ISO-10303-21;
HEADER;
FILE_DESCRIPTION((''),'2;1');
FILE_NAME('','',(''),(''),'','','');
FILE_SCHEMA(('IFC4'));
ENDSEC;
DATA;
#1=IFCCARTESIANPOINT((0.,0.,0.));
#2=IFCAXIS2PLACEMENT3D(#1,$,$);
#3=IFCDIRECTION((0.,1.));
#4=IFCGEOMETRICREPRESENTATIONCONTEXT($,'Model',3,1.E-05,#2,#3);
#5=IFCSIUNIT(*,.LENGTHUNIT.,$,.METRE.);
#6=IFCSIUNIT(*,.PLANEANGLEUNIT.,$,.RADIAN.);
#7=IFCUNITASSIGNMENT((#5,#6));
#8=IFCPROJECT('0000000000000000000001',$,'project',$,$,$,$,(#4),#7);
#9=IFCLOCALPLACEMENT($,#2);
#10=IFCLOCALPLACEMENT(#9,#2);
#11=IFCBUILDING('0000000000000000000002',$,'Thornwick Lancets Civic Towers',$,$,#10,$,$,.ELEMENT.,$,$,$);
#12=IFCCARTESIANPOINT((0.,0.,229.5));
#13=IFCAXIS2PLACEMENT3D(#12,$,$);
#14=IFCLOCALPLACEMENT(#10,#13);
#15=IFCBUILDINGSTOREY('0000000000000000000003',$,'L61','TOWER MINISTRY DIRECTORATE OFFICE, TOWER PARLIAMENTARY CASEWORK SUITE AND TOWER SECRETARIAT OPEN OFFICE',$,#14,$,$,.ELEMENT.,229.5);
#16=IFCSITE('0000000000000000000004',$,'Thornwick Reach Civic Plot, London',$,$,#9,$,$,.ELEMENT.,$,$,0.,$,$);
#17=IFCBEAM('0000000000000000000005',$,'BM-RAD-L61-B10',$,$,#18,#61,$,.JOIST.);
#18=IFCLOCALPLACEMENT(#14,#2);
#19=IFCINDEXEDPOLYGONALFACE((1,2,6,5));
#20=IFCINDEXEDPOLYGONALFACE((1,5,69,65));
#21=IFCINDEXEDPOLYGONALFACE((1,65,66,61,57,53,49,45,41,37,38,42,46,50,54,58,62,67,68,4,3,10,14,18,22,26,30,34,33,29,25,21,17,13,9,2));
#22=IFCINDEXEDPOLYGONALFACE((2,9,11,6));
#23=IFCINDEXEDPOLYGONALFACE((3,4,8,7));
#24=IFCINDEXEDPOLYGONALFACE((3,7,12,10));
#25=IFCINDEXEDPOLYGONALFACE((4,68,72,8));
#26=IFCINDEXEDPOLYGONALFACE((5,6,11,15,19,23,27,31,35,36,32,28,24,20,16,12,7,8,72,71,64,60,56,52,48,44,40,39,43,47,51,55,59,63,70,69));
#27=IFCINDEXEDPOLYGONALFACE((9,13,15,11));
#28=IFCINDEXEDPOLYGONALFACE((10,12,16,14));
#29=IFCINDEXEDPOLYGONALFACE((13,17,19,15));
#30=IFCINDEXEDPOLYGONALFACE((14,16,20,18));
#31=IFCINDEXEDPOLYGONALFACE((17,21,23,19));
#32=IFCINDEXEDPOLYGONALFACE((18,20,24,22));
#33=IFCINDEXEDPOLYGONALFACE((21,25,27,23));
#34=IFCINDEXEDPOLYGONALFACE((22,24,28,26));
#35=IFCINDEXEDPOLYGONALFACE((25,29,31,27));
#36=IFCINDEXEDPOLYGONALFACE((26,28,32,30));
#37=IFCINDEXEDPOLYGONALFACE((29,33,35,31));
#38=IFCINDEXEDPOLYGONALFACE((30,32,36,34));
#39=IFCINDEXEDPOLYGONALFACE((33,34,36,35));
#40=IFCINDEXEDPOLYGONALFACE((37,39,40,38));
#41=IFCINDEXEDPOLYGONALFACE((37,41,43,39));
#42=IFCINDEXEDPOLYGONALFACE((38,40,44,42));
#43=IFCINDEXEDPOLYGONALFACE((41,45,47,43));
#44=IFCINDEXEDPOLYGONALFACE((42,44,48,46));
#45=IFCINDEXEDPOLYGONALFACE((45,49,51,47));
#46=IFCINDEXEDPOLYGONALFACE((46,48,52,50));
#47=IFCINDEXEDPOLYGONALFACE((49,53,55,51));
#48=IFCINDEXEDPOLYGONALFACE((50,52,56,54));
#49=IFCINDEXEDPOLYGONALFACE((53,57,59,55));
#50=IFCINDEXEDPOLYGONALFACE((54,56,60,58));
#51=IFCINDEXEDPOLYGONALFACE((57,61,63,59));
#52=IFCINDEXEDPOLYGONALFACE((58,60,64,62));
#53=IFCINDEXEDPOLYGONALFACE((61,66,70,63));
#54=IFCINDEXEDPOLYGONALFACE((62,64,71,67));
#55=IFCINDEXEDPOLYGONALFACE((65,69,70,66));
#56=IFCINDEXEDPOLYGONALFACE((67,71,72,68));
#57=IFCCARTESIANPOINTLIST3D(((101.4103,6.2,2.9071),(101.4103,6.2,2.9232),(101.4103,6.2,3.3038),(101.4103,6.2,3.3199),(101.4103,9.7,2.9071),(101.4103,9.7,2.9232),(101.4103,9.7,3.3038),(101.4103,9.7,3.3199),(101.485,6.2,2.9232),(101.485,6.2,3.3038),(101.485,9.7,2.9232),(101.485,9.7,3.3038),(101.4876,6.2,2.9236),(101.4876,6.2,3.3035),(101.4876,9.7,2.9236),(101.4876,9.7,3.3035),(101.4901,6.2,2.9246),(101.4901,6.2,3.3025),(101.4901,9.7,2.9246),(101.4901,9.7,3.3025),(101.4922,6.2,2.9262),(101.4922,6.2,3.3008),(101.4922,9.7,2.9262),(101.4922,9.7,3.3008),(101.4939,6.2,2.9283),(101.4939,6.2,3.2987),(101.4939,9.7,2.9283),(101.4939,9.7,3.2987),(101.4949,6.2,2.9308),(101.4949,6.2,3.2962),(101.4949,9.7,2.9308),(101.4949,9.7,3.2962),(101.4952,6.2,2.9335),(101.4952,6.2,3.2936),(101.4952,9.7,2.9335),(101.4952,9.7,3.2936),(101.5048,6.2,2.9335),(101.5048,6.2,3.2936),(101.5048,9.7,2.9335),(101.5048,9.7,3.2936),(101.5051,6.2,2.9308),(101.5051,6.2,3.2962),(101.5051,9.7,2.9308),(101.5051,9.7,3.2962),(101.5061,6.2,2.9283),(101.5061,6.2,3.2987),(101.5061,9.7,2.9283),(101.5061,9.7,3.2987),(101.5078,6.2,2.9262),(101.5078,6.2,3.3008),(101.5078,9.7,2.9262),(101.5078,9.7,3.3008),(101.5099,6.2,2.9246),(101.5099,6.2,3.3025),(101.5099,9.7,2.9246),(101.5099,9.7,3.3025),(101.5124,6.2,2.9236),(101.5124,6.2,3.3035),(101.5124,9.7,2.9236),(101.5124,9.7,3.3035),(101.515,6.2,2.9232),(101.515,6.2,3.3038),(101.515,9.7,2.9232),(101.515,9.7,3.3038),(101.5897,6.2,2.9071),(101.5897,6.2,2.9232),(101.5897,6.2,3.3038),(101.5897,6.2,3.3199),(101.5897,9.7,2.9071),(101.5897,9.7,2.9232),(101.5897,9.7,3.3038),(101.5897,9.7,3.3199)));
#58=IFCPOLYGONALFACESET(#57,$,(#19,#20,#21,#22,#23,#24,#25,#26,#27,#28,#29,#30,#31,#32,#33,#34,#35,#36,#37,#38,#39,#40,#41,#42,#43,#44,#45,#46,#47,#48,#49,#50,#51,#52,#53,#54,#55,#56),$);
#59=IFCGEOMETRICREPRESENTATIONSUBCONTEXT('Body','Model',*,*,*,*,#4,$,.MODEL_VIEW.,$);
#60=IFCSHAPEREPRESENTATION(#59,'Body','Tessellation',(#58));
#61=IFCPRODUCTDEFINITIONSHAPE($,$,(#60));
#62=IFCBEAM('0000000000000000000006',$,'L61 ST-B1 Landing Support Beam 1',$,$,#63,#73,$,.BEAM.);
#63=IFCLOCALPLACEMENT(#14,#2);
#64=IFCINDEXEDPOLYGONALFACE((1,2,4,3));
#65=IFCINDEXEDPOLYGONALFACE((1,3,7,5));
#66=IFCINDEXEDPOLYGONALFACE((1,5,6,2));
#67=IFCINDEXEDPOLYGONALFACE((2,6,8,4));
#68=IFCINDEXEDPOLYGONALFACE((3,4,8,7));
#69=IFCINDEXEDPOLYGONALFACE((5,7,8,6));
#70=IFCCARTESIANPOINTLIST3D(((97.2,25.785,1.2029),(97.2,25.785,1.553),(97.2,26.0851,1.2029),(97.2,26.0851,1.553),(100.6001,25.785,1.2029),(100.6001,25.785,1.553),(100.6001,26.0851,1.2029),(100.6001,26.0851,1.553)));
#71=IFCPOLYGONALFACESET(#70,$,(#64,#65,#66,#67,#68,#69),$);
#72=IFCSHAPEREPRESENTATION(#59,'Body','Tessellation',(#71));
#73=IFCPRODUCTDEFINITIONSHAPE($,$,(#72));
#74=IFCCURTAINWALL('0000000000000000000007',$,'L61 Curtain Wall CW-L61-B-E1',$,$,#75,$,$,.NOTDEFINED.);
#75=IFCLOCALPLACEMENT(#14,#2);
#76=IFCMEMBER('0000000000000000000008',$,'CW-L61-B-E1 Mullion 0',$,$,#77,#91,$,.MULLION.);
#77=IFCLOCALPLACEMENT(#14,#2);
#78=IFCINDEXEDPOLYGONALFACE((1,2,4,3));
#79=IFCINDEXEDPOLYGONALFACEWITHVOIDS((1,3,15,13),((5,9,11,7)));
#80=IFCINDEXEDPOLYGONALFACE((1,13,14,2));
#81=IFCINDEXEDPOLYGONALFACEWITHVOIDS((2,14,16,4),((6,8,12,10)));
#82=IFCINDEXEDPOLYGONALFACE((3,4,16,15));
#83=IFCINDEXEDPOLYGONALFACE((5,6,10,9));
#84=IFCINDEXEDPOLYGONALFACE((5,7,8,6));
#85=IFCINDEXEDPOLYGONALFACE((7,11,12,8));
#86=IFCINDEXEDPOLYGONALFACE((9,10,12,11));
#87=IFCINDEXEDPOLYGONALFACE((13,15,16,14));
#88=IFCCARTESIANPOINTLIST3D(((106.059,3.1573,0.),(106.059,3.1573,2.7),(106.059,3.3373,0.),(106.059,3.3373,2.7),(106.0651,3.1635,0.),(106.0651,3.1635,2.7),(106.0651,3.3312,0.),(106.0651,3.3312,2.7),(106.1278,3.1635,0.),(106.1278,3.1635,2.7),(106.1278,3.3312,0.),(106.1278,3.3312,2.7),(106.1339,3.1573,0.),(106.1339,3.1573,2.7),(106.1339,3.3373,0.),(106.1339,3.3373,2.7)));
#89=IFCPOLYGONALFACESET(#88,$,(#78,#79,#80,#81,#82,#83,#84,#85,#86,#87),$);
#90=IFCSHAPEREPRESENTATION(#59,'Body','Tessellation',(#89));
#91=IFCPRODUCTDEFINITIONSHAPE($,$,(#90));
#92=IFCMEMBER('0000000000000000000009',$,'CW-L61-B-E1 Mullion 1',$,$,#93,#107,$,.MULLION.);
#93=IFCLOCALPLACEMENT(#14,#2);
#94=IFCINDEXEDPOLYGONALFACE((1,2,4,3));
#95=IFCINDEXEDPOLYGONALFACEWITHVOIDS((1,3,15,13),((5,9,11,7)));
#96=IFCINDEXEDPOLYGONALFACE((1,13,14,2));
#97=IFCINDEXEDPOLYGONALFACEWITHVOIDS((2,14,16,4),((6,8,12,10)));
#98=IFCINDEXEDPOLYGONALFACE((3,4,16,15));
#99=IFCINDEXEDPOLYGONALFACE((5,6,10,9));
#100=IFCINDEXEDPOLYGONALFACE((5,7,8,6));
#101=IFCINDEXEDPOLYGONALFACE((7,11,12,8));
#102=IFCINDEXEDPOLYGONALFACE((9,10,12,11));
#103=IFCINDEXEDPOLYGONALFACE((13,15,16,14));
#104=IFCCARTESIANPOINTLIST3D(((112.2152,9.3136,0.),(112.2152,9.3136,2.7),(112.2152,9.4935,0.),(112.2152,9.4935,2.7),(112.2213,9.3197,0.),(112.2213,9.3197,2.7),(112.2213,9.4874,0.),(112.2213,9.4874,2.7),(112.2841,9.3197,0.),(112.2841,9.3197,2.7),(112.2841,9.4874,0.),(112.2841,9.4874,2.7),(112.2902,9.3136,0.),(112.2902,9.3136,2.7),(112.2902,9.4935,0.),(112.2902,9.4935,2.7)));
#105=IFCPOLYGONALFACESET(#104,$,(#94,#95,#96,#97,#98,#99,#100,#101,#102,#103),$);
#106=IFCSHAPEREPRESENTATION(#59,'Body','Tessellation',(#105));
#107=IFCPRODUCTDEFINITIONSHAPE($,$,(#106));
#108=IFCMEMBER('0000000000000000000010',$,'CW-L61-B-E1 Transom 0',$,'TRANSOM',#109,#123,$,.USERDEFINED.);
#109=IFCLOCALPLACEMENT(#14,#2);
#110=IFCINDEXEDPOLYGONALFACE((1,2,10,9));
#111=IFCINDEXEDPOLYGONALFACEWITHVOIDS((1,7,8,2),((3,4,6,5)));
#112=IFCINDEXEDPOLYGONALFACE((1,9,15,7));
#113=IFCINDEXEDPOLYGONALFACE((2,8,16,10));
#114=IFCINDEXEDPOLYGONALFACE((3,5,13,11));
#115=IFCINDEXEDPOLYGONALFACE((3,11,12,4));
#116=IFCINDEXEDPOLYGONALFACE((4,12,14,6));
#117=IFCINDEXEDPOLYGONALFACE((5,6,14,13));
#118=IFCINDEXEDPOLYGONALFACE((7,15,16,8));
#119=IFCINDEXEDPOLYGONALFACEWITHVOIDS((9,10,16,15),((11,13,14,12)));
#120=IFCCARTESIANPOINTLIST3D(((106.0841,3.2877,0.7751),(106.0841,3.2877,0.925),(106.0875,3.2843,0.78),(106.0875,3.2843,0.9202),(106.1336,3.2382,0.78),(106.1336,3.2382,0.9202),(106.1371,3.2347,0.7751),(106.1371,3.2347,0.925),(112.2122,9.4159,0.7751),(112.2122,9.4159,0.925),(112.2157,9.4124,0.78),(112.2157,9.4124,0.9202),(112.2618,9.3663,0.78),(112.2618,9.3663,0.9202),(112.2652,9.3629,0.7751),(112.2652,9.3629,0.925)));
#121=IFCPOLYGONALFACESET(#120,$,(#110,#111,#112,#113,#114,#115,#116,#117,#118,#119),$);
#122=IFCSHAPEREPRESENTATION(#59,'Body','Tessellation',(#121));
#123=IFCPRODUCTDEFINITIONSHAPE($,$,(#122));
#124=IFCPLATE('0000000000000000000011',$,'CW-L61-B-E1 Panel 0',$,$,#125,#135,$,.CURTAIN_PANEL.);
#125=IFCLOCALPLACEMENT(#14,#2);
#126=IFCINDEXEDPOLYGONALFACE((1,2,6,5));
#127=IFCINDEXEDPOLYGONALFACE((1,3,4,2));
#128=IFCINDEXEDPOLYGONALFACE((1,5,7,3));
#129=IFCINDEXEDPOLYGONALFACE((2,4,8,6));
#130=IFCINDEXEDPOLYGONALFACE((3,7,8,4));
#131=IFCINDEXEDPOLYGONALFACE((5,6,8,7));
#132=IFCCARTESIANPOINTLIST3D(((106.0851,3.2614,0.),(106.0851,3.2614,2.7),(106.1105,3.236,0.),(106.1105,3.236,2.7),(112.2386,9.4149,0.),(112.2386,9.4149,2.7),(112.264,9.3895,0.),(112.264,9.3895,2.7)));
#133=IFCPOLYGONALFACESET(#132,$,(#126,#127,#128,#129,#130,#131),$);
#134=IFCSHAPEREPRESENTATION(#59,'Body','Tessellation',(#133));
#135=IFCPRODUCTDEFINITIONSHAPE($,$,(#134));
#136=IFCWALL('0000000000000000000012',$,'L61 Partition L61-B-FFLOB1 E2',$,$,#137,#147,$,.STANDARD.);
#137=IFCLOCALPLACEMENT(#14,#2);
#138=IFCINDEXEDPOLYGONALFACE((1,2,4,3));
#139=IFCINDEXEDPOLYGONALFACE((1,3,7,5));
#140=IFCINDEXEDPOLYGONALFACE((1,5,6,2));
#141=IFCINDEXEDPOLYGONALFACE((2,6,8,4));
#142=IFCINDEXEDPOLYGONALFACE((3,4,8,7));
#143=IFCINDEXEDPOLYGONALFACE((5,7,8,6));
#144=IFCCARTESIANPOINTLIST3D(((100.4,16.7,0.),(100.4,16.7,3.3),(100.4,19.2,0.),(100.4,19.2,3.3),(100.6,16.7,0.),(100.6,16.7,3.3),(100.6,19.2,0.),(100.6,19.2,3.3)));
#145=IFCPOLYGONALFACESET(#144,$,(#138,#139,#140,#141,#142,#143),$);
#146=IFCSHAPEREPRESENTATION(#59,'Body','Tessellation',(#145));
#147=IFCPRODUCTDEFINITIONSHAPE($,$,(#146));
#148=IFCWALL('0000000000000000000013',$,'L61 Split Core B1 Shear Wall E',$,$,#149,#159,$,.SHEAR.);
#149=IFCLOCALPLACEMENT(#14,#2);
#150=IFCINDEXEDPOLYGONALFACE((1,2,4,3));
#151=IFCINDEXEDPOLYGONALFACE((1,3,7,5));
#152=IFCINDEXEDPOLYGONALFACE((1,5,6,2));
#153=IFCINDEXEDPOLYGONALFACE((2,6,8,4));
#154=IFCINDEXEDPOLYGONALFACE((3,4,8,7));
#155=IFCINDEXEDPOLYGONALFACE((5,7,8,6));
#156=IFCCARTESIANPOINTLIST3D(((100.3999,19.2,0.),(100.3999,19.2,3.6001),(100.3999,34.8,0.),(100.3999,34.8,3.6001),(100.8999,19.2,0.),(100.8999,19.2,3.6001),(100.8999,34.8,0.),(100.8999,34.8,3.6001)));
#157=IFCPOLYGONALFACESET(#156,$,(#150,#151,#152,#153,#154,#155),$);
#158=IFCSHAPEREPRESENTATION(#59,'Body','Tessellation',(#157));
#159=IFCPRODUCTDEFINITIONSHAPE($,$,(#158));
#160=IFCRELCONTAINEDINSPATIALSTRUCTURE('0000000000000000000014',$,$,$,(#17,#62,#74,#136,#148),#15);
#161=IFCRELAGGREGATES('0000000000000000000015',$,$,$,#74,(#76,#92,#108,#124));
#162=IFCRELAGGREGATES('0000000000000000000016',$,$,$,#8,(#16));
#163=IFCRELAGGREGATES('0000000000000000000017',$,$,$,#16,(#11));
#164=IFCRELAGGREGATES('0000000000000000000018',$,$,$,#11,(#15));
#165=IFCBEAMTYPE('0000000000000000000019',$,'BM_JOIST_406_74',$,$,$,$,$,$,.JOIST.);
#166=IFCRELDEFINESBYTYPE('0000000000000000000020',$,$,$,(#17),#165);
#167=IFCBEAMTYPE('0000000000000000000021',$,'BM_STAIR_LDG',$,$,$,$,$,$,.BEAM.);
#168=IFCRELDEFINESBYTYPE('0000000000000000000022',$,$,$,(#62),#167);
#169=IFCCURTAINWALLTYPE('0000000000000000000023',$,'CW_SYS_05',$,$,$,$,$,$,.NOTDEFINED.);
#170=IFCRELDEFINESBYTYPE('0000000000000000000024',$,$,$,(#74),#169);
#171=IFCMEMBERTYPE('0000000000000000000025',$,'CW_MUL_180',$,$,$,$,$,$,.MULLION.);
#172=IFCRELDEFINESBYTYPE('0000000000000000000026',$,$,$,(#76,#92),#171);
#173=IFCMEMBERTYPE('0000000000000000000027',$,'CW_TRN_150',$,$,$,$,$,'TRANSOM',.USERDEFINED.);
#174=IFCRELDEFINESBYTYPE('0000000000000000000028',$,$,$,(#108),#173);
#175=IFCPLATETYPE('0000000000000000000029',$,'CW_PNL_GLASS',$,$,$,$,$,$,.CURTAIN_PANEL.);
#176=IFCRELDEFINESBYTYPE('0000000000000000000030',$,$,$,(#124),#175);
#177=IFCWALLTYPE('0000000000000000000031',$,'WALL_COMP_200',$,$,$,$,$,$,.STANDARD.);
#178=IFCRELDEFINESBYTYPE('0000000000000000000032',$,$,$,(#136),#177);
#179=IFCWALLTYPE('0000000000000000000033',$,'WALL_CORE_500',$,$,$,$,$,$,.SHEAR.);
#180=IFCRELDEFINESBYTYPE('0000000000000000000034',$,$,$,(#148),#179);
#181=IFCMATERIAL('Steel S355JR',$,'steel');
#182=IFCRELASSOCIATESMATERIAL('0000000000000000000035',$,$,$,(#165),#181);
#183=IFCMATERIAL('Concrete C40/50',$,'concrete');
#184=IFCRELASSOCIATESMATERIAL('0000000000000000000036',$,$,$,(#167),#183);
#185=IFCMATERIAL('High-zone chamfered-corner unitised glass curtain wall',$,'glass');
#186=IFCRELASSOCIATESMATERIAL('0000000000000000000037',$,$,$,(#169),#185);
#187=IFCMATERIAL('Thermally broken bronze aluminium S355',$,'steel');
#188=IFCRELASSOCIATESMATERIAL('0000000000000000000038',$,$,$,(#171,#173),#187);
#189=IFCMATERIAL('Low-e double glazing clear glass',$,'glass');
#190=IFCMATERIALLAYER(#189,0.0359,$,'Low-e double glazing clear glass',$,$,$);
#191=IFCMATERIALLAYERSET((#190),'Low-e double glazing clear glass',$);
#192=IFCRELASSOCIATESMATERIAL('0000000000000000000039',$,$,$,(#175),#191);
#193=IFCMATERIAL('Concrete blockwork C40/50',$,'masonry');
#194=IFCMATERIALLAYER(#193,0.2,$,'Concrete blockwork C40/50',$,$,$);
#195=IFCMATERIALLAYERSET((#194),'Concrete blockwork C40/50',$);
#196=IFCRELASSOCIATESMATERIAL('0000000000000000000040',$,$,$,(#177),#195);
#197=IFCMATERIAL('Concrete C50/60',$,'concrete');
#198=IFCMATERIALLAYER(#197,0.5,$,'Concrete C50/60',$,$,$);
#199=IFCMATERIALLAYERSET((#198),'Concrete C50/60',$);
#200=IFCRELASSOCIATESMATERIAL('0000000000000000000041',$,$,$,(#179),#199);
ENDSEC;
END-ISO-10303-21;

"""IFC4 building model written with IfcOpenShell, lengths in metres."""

from ifc_helpers import new_model, si_unit, direction, frame, frame_2d, origin, origin_2d, place, context, subcontext, project, spatial, rectangle, hollow_rectangle, i_section, extrude, material, layer, layer_set, material_profile, profile_set, type_object, element, aggregate, save


model = new_model("IFC4")

# Units and contexts
model_context = context("Model", 3, precision=1e-05, world=origin(), true_north=direction((0.0, 1.0)))
body_context = subcontext(model_context, "Body", "Model", "MODEL_VIEW")
ifc_project = project(units=[si_unit("LENGTHUNIT", "METRE"), si_unit("PLANEANGLEUNIT", "RADIAN")], contexts=[model_context])

# Site, building, storey
site_placement = place(None, origin())
site = spatial("IfcSite", under=ifc_project, at=site_placement, Name="Thornwick Reach Civic Plot, London", CompositionType="ELEMENT", RefElevation=0.0)
building_placement = place(site_placement, origin())
building = spatial("IfcBuilding", under=site, at=building_placement, Name="Thornwick Lancets Civic Towers", CompositionType="ELEMENT")
storey_placement = place(building_placement, frame((0.0, 0.0, 229.5)))
storey = spatial("IfcBuildingStorey", under=building, at=storey_placement, Name="L61", Description="TOWER MINISTRY DIRECTORATE OFFICE, TOWER PARLIAMENTARY CASEWORK SUITE AND TOWER SECRETARIAT OPEN OFFICE", CompositionType="ELEMENT", Elevation=229.5)

# Shared definitions
ifc_material_1 = material(Name="Concrete C50/60", Category="concrete")
ifc_material_2 = material(Name="Steel S355JR", Category="steel")

# Beams
ifc_material_profile_1 = material_profile(ifc_material_2, i_section(OverallWidth=0.1794, OverallDepth=0.4128, WebThickness=0.0095, FlangeThickness=0.0161, FilletRadius=0.0103, at=origin_2d()), Name="UKB 406x178x74")
ifc_profile_set_1 = profile_set([ifc_material_profile_1], Name="Steel S355JR")
beam_type_1 = type_object("IfcBeamType", Name="BM_JOIST_406_74", PredefinedType="JOIST", material=ifc_profile_set_1)
for number, where, z_axis, x_axis, name in (
    (1, (101.5, 9.7, 3.1135), (0.0, -1.0, 0.0), (1.0, 0.0, 0.0), "BM-RAD-L61-B10"),
):
    element("IfcBeam", number, at=place(storey_placement, frame(where, z_axis=z_axis, x_axis=x_axis)), inside=storey, type_object=beam_type_1, Name=name, PredefinedType="JOIST", context=body_context, shape_type="SweptSolid", body=[
        extrude(i_section(OverallWidth=0.1794, OverallDepth=0.4128, WebThickness=0.0095, FlangeThickness=0.0161, FilletRadius=0.0103, at=origin_2d()), origin(), (0.0, 0.0, 1.0), 3.5),
    ])
ifc_material_3 = material(Name="Concrete C40/50", Category="concrete")
ifc_material_profile_2 = material_profile(ifc_material_3, rectangle(XDim=0.3, YDim=0.3501, at=origin_2d()), Name="RC 300x350")
ifc_profile_set_2 = profile_set([ifc_material_profile_2], Name="Concrete C40/50")
beam_type_2 = type_object("IfcBeamType", Name="BM_STAIR_LDG", PredefinedType="BEAM", material=ifc_profile_set_2)
beam_placement = place(storey_placement, frame((100.6001, 25.9351, 1.3779), z_axis=(-1.0, 0.0, 0.0), x_axis=(0.0, -1.0, 0.0)))
element("IfcBeam", 2, at=beam_placement, inside=storey, type_object=beam_type_2, Name="L61 ST-B1 Landing Support Beam 1", PredefinedType="BEAM", context=body_context, shape_type="SweptSolid", body=[
    extrude(rectangle(XDim=0.3, YDim=0.3501, at=origin_2d()), origin(), (0.0, 0.0, 1.0), 3.4001),
])

# Curtain wall, members, plate
ifc_material_4 = material(Name="High-zone chamfered-corner unitised glass curtain wall", Category="glass")
curtain_wall_type = type_object("IfcCurtainWallType", Name="CW_SYS_05", PredefinedType="NOTDEFINED", material=ifc_material_4)
curtain_wall_placement = place(storey_placement, origin())
curtain_wall = element("IfcCurtainWall", 3, at=curtain_wall_placement, inside=storey, type_object=curtain_wall_type, Name="L61 Curtain Wall CW-L61-B-E1", PredefinedType="NOTDEFINED")
ifc_material_5 = material(Name="Thermally broken bronze aluminium S355", Category="steel")
ifc_material_profile_3 = material_profile(ifc_material_5, hollow_rectangle(XDim=0.075, YDim=0.1799, WallThickness=0.0061, at=origin_2d()), Name="RHS 180x75x6")
ifc_profile_set_3 = profile_set([ifc_material_profile_3], Name="Thermally broken bronze aluminium S355")
member_type_1 = type_object("IfcMemberType", Name="CW_MUL_180", PredefinedType="MULLION", material=ifc_profile_set_3)
member_1_placement = place(storey_placement, frame((106.0964, 3.2473, 0.0), z_axis=(0.0, 0.0, 1.0), x_axis=(1.0, 0.0, 0.0)))
member_1 = element("IfcMember", 4, at=member_1_placement, type_object=member_type_1, Name="CW-L61-B-E1 Mullion 0", PredefinedType="MULLION", context=body_context, shape_type="SweptSolid", body=[
    extrude(hollow_rectangle(XDim=0.075, YDim=0.1799, WallThickness=0.0061, at=origin_2d()), origin(), (0.0, 0.0, 1.0), 2.7),
])
member_2_placement = place(storey_placement, frame((112.2527, 9.4036, 0.0), z_axis=(0.0, 0.0, 1.0), x_axis=(1.0, 0.0, 0.0)))
member_2 = element("IfcMember", 5, at=member_2_placement, type_object=member_type_1, Name="CW-L61-B-E1 Mullion 1", PredefinedType="MULLION", context=body_context, shape_type="SweptSolid", body=[
    extrude(hollow_rectangle(XDim=0.075, YDim=0.1799, WallThickness=0.0061, at=origin_2d()), origin(), (0.0, 0.0, 1.0), 2.7),
])
ifc_material_profile_4 = material_profile(ifc_material_5, hollow_rectangle(XDim=0.075, YDim=0.1499, WallThickness=0.0049, at=origin_2d()), Name="RHS 150x75x5")
ifc_profile_set_4 = profile_set([ifc_material_profile_4], Name="Thermally broken bronze aluminium S355")
member_type_2 = type_object("IfcMemberType", Name="CW_TRN_150", ElementType="TRANSOM", PredefinedType="USERDEFINED", material=ifc_profile_set_4)
member_3_placement = place(storey_placement, frame((106.1106, 3.2612, 0.8501), z_axis=(0.707107, 0.707107, 0.0), x_axis=(-0.707107, 0.707107, 0.0)))
member_3 = element("IfcMember", 6, at=member_3_placement, type_object=member_type_2, Name="CW-L61-B-E1 Transom 0", ObjectType="TRANSOM", PredefinedType="USERDEFINED", context=body_context, shape_type="SweptSolid", body=[
    extrude(hollow_rectangle(XDim=0.075, YDim=0.1499, WallThickness=0.0049, at=origin_2d()), origin(), (0.0, 0.0, 1.0), 8.6665),
])
ifc_material_6 = material(Name="Low-e double glazing clear glass", Category="glass")
ifc_layer_1 = layer(ifc_material_6, 0.0359, Name="Low-e double glazing clear glass")
ifc_layer_set_1 = layer_set([ifc_layer_1], Name="Low-e double glazing clear glass")
plate_type = type_object("IfcPlateType", Name="CW_PNL_GLASS", PredefinedType="CURTAIN_PANEL", material=ifc_layer_set_1)
plate_placement = place(storey_placement, frame((109.1746, 6.3254, 0.0), z_axis=(0.0, 0.0, 1.0), x_axis=(0.707107, 0.707107, 0.0)))
plate = element("IfcPlate", 7, at=plate_placement, type_object=plate_type, Name="CW-L61-B-E1 Panel 0", PredefinedType="CURTAIN_PANEL", context=body_context, shape_type="SweptSolid", body=[
    extrude(rectangle(XDim=8.7024, YDim=0.0359, at=origin_2d()), origin(), (0.0, 0.0, 1.0), 2.7),
])
aggregate(curtain_wall, [member_1, member_2, member_3, plate])

# Walls
ifc_material_7 = material(Name="Concrete blockwork C40/50", Category="masonry")
ifc_layer_2 = layer(ifc_material_7, 0.2, Name="Concrete blockwork C40/50")
ifc_layer_set_2 = layer_set([ifc_layer_2], Name="Concrete blockwork C40/50")
wall_type_1 = type_object("IfcWallType", Name="WALL_COMP_200", PredefinedType="STANDARD", material=ifc_layer_set_2)
wall_1_placement = place(storey_placement, frame((100.5, 16.7, 0.0), z_axis=(0.0, 0.0, 1.0), x_axis=(0.0, 1.0, 0.0)))
element("IfcWall", 8, at=wall_1_placement, inside=storey, type_object=wall_type_1, Name="L61 Partition L61-B-FFLOB1 E2", PredefinedType="STANDARD", context=body_context, shape_type="SweptSolid", body=[
    extrude(rectangle(XDim=2.5, YDim=0.2, at=frame_2d((1.25, 0.0))), origin(), (0.0, 0.0, 1.0), 3.3),
])
ifc_layer_3 = layer(ifc_material_1, 0.5, Name="Concrete C50/60")
ifc_layer_set_3 = layer_set([ifc_layer_3], Name="Concrete C50/60")
wall_type_2 = type_object("IfcWallType", Name="WALL_CORE_500", PredefinedType="SHEAR", material=ifc_layer_set_3)
wall_2_placement = place(storey_placement, frame((100.6499, 19.2, 0.0), z_axis=(0.0, 0.0, 1.0), x_axis=(0.0, 1.0, 0.0)))
element("IfcWall", 9, at=wall_2_placement, inside=storey, type_object=wall_type_2, Name="L61 Split Core B1 Shear Wall E", PredefinedType="SHEAR", context=body_context, shape_type="SweptSolid", body=[
    extrude(rectangle(XDim=15.6001, YDim=0.5, at=frame_2d((7.8, 0.0))), origin(), (0.0, 0.0, 1.0), 3.6001),
])

save(model, "model.ifc")
